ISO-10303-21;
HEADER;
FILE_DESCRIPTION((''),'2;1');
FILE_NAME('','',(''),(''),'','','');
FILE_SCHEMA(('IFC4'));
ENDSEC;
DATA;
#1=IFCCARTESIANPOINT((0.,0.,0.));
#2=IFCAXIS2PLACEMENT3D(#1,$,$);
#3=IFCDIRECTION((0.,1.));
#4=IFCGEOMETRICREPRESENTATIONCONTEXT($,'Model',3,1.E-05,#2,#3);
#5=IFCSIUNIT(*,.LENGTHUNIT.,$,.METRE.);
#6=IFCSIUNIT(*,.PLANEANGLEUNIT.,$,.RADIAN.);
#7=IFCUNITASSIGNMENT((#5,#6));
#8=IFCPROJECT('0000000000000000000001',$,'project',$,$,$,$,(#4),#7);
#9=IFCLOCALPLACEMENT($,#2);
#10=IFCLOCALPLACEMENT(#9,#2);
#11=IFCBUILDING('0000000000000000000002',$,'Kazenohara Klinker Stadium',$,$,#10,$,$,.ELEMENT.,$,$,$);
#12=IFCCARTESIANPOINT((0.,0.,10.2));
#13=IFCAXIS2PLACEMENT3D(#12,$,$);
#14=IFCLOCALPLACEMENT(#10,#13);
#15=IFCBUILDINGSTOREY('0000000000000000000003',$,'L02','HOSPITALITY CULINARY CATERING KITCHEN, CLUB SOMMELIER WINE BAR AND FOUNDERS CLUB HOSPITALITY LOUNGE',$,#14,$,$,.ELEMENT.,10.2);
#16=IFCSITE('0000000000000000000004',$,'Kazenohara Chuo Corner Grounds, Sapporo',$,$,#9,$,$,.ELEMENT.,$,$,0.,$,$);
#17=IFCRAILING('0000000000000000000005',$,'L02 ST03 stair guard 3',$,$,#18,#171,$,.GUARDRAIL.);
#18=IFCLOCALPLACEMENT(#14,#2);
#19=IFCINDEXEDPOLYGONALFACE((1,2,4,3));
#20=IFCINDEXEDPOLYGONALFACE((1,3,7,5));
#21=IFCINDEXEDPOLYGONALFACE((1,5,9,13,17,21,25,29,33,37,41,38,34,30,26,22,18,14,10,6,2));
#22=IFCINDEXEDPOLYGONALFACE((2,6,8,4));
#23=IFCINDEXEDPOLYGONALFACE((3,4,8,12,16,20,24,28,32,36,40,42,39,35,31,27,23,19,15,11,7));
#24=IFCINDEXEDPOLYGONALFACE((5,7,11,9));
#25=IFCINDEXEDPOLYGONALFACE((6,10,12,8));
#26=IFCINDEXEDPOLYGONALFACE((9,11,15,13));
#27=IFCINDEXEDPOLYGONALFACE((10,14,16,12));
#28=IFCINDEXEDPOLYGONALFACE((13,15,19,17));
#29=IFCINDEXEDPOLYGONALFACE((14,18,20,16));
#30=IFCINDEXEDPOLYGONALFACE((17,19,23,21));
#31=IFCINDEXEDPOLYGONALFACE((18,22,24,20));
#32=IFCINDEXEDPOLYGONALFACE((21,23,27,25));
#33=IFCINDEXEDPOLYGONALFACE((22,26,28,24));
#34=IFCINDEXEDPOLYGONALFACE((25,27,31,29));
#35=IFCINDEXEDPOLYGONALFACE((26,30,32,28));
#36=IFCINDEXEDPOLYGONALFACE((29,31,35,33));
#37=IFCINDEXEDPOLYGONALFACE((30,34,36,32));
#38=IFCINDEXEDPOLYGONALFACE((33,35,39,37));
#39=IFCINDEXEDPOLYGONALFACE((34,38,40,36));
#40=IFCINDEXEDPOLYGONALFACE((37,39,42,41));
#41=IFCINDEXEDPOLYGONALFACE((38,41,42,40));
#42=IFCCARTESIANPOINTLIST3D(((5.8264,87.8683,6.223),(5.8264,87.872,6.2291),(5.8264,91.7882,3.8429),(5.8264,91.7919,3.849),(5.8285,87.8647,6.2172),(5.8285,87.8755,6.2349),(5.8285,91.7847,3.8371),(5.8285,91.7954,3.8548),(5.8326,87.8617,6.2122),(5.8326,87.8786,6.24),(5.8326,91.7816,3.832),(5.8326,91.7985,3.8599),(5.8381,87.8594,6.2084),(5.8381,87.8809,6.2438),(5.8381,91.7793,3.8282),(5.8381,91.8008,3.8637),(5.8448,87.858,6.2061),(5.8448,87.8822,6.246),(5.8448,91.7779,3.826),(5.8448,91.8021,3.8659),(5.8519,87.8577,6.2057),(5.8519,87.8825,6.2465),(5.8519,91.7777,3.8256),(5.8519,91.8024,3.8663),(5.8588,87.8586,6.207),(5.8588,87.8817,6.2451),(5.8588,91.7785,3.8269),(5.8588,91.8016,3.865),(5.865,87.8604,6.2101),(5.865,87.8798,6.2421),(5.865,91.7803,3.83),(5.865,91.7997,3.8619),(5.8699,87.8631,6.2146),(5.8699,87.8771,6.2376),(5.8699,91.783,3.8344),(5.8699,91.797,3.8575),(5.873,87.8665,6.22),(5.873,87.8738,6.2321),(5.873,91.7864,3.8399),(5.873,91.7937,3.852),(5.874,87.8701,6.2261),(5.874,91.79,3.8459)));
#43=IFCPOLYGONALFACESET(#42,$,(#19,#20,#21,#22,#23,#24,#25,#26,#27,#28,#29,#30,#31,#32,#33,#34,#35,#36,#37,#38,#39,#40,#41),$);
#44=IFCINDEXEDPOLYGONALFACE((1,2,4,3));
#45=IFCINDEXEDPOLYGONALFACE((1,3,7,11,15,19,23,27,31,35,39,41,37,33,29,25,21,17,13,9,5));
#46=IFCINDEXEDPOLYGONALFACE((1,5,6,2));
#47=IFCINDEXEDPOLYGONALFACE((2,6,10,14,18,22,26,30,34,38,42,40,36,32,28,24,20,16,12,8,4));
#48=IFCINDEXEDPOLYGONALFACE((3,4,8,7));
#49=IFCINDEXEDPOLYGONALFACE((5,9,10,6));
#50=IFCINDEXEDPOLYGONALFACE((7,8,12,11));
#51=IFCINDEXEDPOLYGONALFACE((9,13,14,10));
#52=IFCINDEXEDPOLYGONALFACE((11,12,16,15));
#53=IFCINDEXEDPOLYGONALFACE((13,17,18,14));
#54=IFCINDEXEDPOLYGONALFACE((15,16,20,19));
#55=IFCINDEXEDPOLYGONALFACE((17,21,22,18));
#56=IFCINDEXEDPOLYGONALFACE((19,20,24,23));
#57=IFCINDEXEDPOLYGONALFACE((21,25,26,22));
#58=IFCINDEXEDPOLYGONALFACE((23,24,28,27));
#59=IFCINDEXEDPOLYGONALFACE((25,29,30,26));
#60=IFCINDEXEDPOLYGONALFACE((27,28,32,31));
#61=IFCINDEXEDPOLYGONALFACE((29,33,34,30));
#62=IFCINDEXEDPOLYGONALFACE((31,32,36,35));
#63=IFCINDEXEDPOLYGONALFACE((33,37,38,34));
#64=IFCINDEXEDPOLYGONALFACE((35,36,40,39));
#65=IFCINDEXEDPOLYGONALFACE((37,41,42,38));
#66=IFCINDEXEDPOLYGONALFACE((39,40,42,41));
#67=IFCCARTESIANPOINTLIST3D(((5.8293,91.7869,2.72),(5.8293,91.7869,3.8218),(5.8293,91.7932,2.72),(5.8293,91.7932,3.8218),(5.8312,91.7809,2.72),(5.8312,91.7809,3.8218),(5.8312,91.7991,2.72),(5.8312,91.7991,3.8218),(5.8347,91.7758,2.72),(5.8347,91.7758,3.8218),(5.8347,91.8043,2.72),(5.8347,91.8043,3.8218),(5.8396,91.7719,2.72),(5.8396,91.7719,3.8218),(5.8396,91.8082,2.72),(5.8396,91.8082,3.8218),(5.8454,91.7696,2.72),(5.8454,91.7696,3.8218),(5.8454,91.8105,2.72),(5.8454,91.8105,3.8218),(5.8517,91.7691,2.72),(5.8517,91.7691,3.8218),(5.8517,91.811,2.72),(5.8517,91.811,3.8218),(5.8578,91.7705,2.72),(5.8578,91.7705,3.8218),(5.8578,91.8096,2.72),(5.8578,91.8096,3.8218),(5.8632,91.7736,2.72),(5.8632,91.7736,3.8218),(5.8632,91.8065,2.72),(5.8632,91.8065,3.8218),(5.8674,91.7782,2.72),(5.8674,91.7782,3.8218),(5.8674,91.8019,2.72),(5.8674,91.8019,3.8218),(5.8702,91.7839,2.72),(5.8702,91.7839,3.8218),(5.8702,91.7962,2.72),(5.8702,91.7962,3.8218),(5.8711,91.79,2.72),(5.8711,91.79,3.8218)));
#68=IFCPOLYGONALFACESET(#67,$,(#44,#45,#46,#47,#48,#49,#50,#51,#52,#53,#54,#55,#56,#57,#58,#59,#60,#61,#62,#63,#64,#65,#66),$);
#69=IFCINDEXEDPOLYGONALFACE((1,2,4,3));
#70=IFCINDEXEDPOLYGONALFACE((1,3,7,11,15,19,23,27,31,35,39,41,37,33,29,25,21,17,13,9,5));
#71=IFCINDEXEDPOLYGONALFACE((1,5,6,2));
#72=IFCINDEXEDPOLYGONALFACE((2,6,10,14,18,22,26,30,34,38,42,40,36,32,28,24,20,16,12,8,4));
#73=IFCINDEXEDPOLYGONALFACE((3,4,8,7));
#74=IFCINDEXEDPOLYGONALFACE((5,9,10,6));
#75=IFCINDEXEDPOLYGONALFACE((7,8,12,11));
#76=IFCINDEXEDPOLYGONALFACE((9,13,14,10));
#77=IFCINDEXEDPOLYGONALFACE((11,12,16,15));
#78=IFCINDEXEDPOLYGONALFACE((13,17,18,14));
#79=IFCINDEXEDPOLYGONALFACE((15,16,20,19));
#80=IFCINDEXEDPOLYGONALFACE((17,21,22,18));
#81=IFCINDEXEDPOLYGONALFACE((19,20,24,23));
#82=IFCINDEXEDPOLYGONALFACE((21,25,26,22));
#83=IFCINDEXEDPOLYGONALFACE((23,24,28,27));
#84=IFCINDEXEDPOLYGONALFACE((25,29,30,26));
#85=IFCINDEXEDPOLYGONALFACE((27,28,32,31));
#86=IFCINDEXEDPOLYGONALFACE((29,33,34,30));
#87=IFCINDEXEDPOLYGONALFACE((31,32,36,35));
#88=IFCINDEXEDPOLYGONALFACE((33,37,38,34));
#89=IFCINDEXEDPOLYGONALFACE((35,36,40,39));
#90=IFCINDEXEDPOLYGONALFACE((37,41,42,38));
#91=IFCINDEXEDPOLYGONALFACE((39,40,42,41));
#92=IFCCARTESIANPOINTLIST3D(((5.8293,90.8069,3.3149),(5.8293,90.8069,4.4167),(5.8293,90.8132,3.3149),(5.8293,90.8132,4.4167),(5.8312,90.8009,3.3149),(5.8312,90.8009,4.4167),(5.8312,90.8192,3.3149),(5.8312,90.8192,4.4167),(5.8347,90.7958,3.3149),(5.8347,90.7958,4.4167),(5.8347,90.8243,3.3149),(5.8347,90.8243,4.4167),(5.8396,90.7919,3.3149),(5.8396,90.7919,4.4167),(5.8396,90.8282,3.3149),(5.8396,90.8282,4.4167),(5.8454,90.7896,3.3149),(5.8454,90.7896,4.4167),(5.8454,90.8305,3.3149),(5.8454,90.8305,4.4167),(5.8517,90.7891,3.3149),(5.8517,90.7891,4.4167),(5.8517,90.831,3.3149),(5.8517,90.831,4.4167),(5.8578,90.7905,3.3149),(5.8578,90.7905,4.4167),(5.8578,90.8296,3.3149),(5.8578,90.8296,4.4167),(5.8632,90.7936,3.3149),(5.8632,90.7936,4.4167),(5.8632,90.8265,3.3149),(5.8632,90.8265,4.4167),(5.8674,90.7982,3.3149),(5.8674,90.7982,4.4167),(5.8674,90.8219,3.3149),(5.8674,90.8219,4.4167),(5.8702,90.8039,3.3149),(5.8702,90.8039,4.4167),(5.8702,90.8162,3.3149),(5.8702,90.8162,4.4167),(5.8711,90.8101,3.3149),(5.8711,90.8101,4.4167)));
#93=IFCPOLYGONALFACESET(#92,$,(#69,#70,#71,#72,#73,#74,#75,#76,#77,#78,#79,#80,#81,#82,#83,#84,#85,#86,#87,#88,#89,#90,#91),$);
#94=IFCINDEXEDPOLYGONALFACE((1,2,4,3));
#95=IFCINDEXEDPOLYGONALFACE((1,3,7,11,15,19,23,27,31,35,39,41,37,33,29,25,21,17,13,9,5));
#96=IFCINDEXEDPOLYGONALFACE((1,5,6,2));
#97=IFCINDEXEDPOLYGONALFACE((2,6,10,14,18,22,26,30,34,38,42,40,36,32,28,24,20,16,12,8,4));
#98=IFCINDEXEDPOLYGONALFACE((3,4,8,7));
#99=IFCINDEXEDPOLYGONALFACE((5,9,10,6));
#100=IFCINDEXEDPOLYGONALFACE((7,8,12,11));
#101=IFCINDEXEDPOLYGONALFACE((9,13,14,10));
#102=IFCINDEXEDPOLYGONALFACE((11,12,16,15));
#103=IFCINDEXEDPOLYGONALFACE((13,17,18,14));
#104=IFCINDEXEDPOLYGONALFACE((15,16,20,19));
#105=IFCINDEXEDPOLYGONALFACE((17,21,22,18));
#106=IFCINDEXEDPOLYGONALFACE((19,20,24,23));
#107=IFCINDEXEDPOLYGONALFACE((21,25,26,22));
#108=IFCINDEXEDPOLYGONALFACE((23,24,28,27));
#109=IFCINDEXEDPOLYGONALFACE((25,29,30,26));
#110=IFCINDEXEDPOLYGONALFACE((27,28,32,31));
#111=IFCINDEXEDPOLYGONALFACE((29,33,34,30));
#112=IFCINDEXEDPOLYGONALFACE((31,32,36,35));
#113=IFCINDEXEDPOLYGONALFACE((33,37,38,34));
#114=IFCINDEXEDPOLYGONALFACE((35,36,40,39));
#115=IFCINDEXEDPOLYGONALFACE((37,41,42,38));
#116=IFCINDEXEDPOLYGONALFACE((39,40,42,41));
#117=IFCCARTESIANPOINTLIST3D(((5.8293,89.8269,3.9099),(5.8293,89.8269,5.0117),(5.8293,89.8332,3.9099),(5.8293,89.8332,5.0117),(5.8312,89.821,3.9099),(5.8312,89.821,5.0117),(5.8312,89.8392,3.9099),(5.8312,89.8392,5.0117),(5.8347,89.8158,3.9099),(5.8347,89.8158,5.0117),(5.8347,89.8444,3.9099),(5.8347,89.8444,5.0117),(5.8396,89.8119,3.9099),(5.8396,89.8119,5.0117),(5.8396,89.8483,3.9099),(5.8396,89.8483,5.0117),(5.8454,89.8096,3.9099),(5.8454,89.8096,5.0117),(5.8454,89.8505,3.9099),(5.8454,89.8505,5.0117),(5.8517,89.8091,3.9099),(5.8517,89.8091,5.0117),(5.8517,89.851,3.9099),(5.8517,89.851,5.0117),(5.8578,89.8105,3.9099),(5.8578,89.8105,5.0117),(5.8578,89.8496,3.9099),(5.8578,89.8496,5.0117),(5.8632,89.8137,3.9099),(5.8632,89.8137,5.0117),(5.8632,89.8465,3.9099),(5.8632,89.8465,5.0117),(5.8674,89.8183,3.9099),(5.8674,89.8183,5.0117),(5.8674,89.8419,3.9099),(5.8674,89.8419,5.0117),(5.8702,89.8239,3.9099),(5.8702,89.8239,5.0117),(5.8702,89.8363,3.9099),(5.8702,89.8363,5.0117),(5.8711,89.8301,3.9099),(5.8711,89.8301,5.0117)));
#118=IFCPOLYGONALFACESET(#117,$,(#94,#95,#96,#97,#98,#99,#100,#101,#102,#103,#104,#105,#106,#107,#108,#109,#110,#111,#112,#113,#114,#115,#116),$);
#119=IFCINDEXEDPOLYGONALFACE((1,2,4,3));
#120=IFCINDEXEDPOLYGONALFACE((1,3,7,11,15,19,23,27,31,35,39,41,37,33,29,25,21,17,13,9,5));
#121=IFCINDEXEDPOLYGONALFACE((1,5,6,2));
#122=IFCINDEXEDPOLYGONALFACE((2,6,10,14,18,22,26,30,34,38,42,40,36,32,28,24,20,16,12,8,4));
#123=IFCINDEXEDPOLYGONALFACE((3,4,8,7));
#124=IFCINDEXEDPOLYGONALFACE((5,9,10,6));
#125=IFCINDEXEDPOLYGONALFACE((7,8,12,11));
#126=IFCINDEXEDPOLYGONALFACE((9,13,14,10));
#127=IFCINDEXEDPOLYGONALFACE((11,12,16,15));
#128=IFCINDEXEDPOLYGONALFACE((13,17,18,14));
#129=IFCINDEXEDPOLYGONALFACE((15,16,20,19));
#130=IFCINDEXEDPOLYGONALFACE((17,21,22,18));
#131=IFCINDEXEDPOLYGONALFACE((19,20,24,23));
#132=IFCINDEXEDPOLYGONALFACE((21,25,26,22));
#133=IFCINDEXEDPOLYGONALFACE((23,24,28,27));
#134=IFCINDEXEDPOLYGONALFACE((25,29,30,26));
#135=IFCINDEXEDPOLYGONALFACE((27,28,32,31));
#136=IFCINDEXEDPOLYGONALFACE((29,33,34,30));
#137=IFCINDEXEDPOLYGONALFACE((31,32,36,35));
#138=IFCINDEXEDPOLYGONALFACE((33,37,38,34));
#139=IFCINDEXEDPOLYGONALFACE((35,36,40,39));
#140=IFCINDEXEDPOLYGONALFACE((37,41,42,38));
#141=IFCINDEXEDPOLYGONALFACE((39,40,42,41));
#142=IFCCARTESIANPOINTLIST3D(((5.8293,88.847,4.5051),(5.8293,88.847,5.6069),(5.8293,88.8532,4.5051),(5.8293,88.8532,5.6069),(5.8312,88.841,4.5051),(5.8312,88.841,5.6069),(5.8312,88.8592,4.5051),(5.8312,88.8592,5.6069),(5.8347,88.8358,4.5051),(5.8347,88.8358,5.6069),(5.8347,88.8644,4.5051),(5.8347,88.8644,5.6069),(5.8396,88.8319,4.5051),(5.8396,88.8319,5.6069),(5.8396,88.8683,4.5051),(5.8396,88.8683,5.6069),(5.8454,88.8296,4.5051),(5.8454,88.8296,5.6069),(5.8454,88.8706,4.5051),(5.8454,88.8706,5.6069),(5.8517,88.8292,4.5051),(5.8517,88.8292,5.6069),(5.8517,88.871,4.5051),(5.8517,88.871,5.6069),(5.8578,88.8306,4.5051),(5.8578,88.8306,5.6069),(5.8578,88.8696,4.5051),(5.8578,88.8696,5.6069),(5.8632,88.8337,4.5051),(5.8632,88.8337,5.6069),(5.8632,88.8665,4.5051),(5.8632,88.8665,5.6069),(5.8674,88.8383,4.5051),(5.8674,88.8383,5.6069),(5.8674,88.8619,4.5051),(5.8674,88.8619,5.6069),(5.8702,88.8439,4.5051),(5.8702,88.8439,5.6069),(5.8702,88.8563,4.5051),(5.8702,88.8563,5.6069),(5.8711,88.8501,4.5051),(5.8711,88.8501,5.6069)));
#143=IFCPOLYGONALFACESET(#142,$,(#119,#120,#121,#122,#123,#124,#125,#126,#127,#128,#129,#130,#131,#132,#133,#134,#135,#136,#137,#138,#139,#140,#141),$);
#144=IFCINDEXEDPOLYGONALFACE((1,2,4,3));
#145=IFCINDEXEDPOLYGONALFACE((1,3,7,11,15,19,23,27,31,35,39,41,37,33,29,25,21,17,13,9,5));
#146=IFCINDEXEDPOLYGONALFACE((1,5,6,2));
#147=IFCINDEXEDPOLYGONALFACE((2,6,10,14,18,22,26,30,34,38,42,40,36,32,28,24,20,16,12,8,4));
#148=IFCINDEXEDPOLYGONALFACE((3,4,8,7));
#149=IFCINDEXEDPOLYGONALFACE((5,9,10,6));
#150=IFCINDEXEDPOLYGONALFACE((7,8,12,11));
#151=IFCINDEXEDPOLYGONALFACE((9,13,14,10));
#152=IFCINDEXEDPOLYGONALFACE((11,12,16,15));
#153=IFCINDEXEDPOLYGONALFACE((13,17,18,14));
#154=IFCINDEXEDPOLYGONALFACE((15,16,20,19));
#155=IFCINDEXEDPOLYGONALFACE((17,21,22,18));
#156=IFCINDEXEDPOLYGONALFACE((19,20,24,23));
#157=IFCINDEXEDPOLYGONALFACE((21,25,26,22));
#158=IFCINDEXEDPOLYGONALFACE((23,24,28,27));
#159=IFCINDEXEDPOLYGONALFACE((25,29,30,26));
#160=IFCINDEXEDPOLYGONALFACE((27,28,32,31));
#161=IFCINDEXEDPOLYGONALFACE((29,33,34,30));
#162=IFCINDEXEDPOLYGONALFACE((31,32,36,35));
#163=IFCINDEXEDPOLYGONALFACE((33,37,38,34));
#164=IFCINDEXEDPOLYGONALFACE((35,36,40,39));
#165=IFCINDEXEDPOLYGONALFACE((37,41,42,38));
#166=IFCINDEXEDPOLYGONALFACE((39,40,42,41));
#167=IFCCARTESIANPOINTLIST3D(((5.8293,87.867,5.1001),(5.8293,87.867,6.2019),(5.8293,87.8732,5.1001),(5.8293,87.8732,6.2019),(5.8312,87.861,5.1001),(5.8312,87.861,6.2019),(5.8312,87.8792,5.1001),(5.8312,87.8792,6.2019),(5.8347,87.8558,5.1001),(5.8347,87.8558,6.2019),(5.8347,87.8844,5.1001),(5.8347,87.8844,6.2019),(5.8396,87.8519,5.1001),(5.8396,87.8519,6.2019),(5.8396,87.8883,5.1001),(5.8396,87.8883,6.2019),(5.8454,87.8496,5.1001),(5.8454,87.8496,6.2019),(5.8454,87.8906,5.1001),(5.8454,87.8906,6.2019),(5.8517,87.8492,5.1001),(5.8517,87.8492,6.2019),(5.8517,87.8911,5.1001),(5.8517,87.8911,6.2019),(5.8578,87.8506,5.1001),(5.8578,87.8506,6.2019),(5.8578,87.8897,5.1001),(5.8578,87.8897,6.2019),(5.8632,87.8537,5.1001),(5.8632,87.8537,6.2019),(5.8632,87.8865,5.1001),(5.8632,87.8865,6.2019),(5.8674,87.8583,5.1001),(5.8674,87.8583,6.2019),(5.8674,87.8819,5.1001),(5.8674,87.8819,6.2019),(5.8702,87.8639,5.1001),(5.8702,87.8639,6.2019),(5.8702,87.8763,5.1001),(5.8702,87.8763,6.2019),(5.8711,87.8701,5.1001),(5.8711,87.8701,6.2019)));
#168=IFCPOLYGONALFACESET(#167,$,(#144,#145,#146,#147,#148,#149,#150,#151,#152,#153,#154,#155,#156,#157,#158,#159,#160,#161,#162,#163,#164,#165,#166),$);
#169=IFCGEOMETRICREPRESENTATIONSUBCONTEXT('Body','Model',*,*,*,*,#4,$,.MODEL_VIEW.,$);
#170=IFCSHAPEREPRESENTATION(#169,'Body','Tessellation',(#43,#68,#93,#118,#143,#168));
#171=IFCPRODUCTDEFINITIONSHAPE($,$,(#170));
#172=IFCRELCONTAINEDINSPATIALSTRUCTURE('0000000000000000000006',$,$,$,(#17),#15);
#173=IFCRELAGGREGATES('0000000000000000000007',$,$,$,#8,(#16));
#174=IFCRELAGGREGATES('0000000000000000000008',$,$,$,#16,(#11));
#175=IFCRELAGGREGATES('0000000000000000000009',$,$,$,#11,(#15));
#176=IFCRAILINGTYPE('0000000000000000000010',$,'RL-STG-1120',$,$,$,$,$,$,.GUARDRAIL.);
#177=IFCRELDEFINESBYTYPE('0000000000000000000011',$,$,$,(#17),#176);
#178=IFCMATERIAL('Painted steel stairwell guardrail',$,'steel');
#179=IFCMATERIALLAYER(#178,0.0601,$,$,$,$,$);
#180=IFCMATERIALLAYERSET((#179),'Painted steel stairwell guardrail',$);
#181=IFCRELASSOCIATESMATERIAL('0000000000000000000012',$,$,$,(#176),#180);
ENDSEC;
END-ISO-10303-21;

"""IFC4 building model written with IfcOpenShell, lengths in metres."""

from ifc_helpers import new_model, si_unit, direction, frame, origin, origin_2d, place, context, subcontext, project, spatial, circle, extrude, material, layer, layer_set, type_object, element, save


model = new_model("IFC4")

# Units and contexts
model_context = context("Model", 3, precision=1e-05, world=origin(), true_north=direction((0.0, 1.0)))
body_context = subcontext(model_context, "Body", "Model", "MODEL_VIEW")
ifc_project = project(units=[si_unit("LENGTHUNIT", "METRE"), si_unit("PLANEANGLEUNIT", "RADIAN")], contexts=[model_context])

# Site, building, storey
site_placement = place(None, origin())
site = spatial("IfcSite", under=ifc_project, at=site_placement, Name="Kazenohara Chuo Corner Grounds, Sapporo", CompositionType="ELEMENT", RefElevation=0.0)
building_placement = place(site_placement, origin())
building = spatial("IfcBuilding", under=site, at=building_placement, Name="Kazenohara Klinker Stadium", CompositionType="ELEMENT")
storey_placement = place(building_placement, frame((0.0, 0.0, 10.2)))
storey = spatial("IfcBuildingStorey", under=building, at=storey_placement, Name="L02", Description="HOSPITALITY CULINARY CATERING KITCHEN, CLUB SOMMELIER WINE BAR AND FOUNDERS CLUB HOSPITALITY LOUNGE", CompositionType="ELEMENT", Elevation=10.2)

# Railing
ifc_material_1 = material(Name="Painted steel stairwell guardrail", Category="steel")
ifc_layer_1 = layer(ifc_material_1, 0.0601)
ifc_layer_set_1 = layer_set([ifc_layer_1], Name="Painted steel stairwell guardrail")
railing_type_1 = type_object("IfcRailingType", Name="RL-STG-1120", PredefinedType="GUARDRAIL", material=ifc_layer_set_1)
railing_1_placement = place(storey_placement, frame((5.8501, 91.79, 2.72)))
element("IfcRailing", 1, at=railing_1_placement, inside=storey, type_object=railing_type_1, Name="L02 ST03 stair guard 3", PredefinedType="GUARDRAIL", context=body_context, shape_type="SweptSolid", body=[
    extrude(circle(Radius=0.0239, at=origin_2d()), frame((0.0, 0.0, 1.126), z_axis=(0.0, -0.854771, 0.519006), x_axis=(1.0, 0.0, 0.0)), (0.0, 0.0, 1.0), 4.5859),
    extrude(circle(Radius=0.021, at=origin_2d()), origin(), (0.0, 0.0, 1.0), 1.1018),
    extrude(circle(Radius=0.021, at=origin_2d()), frame((0.0, -0.98, 0.595)), (0.0, 0.0, 1.0), 1.1018),
    extrude(circle(Radius=0.021, at=origin_2d()), frame((0.0, -1.96, 1.1899)), (0.0, 0.0, 1.0), 1.1018),
    extrude(circle(Radius=0.021, at=origin_2d()), frame((0.0, -2.9399, 1.7852)), (0.0, 0.0, 1.0), 1.1018),
    extrude(circle(Radius=0.021, at=origin_2d()), frame((0.0, -3.9199, 2.3801)), (0.0, 0.0, 1.0), 1.1018),
])

save(model, "model.ifc")
